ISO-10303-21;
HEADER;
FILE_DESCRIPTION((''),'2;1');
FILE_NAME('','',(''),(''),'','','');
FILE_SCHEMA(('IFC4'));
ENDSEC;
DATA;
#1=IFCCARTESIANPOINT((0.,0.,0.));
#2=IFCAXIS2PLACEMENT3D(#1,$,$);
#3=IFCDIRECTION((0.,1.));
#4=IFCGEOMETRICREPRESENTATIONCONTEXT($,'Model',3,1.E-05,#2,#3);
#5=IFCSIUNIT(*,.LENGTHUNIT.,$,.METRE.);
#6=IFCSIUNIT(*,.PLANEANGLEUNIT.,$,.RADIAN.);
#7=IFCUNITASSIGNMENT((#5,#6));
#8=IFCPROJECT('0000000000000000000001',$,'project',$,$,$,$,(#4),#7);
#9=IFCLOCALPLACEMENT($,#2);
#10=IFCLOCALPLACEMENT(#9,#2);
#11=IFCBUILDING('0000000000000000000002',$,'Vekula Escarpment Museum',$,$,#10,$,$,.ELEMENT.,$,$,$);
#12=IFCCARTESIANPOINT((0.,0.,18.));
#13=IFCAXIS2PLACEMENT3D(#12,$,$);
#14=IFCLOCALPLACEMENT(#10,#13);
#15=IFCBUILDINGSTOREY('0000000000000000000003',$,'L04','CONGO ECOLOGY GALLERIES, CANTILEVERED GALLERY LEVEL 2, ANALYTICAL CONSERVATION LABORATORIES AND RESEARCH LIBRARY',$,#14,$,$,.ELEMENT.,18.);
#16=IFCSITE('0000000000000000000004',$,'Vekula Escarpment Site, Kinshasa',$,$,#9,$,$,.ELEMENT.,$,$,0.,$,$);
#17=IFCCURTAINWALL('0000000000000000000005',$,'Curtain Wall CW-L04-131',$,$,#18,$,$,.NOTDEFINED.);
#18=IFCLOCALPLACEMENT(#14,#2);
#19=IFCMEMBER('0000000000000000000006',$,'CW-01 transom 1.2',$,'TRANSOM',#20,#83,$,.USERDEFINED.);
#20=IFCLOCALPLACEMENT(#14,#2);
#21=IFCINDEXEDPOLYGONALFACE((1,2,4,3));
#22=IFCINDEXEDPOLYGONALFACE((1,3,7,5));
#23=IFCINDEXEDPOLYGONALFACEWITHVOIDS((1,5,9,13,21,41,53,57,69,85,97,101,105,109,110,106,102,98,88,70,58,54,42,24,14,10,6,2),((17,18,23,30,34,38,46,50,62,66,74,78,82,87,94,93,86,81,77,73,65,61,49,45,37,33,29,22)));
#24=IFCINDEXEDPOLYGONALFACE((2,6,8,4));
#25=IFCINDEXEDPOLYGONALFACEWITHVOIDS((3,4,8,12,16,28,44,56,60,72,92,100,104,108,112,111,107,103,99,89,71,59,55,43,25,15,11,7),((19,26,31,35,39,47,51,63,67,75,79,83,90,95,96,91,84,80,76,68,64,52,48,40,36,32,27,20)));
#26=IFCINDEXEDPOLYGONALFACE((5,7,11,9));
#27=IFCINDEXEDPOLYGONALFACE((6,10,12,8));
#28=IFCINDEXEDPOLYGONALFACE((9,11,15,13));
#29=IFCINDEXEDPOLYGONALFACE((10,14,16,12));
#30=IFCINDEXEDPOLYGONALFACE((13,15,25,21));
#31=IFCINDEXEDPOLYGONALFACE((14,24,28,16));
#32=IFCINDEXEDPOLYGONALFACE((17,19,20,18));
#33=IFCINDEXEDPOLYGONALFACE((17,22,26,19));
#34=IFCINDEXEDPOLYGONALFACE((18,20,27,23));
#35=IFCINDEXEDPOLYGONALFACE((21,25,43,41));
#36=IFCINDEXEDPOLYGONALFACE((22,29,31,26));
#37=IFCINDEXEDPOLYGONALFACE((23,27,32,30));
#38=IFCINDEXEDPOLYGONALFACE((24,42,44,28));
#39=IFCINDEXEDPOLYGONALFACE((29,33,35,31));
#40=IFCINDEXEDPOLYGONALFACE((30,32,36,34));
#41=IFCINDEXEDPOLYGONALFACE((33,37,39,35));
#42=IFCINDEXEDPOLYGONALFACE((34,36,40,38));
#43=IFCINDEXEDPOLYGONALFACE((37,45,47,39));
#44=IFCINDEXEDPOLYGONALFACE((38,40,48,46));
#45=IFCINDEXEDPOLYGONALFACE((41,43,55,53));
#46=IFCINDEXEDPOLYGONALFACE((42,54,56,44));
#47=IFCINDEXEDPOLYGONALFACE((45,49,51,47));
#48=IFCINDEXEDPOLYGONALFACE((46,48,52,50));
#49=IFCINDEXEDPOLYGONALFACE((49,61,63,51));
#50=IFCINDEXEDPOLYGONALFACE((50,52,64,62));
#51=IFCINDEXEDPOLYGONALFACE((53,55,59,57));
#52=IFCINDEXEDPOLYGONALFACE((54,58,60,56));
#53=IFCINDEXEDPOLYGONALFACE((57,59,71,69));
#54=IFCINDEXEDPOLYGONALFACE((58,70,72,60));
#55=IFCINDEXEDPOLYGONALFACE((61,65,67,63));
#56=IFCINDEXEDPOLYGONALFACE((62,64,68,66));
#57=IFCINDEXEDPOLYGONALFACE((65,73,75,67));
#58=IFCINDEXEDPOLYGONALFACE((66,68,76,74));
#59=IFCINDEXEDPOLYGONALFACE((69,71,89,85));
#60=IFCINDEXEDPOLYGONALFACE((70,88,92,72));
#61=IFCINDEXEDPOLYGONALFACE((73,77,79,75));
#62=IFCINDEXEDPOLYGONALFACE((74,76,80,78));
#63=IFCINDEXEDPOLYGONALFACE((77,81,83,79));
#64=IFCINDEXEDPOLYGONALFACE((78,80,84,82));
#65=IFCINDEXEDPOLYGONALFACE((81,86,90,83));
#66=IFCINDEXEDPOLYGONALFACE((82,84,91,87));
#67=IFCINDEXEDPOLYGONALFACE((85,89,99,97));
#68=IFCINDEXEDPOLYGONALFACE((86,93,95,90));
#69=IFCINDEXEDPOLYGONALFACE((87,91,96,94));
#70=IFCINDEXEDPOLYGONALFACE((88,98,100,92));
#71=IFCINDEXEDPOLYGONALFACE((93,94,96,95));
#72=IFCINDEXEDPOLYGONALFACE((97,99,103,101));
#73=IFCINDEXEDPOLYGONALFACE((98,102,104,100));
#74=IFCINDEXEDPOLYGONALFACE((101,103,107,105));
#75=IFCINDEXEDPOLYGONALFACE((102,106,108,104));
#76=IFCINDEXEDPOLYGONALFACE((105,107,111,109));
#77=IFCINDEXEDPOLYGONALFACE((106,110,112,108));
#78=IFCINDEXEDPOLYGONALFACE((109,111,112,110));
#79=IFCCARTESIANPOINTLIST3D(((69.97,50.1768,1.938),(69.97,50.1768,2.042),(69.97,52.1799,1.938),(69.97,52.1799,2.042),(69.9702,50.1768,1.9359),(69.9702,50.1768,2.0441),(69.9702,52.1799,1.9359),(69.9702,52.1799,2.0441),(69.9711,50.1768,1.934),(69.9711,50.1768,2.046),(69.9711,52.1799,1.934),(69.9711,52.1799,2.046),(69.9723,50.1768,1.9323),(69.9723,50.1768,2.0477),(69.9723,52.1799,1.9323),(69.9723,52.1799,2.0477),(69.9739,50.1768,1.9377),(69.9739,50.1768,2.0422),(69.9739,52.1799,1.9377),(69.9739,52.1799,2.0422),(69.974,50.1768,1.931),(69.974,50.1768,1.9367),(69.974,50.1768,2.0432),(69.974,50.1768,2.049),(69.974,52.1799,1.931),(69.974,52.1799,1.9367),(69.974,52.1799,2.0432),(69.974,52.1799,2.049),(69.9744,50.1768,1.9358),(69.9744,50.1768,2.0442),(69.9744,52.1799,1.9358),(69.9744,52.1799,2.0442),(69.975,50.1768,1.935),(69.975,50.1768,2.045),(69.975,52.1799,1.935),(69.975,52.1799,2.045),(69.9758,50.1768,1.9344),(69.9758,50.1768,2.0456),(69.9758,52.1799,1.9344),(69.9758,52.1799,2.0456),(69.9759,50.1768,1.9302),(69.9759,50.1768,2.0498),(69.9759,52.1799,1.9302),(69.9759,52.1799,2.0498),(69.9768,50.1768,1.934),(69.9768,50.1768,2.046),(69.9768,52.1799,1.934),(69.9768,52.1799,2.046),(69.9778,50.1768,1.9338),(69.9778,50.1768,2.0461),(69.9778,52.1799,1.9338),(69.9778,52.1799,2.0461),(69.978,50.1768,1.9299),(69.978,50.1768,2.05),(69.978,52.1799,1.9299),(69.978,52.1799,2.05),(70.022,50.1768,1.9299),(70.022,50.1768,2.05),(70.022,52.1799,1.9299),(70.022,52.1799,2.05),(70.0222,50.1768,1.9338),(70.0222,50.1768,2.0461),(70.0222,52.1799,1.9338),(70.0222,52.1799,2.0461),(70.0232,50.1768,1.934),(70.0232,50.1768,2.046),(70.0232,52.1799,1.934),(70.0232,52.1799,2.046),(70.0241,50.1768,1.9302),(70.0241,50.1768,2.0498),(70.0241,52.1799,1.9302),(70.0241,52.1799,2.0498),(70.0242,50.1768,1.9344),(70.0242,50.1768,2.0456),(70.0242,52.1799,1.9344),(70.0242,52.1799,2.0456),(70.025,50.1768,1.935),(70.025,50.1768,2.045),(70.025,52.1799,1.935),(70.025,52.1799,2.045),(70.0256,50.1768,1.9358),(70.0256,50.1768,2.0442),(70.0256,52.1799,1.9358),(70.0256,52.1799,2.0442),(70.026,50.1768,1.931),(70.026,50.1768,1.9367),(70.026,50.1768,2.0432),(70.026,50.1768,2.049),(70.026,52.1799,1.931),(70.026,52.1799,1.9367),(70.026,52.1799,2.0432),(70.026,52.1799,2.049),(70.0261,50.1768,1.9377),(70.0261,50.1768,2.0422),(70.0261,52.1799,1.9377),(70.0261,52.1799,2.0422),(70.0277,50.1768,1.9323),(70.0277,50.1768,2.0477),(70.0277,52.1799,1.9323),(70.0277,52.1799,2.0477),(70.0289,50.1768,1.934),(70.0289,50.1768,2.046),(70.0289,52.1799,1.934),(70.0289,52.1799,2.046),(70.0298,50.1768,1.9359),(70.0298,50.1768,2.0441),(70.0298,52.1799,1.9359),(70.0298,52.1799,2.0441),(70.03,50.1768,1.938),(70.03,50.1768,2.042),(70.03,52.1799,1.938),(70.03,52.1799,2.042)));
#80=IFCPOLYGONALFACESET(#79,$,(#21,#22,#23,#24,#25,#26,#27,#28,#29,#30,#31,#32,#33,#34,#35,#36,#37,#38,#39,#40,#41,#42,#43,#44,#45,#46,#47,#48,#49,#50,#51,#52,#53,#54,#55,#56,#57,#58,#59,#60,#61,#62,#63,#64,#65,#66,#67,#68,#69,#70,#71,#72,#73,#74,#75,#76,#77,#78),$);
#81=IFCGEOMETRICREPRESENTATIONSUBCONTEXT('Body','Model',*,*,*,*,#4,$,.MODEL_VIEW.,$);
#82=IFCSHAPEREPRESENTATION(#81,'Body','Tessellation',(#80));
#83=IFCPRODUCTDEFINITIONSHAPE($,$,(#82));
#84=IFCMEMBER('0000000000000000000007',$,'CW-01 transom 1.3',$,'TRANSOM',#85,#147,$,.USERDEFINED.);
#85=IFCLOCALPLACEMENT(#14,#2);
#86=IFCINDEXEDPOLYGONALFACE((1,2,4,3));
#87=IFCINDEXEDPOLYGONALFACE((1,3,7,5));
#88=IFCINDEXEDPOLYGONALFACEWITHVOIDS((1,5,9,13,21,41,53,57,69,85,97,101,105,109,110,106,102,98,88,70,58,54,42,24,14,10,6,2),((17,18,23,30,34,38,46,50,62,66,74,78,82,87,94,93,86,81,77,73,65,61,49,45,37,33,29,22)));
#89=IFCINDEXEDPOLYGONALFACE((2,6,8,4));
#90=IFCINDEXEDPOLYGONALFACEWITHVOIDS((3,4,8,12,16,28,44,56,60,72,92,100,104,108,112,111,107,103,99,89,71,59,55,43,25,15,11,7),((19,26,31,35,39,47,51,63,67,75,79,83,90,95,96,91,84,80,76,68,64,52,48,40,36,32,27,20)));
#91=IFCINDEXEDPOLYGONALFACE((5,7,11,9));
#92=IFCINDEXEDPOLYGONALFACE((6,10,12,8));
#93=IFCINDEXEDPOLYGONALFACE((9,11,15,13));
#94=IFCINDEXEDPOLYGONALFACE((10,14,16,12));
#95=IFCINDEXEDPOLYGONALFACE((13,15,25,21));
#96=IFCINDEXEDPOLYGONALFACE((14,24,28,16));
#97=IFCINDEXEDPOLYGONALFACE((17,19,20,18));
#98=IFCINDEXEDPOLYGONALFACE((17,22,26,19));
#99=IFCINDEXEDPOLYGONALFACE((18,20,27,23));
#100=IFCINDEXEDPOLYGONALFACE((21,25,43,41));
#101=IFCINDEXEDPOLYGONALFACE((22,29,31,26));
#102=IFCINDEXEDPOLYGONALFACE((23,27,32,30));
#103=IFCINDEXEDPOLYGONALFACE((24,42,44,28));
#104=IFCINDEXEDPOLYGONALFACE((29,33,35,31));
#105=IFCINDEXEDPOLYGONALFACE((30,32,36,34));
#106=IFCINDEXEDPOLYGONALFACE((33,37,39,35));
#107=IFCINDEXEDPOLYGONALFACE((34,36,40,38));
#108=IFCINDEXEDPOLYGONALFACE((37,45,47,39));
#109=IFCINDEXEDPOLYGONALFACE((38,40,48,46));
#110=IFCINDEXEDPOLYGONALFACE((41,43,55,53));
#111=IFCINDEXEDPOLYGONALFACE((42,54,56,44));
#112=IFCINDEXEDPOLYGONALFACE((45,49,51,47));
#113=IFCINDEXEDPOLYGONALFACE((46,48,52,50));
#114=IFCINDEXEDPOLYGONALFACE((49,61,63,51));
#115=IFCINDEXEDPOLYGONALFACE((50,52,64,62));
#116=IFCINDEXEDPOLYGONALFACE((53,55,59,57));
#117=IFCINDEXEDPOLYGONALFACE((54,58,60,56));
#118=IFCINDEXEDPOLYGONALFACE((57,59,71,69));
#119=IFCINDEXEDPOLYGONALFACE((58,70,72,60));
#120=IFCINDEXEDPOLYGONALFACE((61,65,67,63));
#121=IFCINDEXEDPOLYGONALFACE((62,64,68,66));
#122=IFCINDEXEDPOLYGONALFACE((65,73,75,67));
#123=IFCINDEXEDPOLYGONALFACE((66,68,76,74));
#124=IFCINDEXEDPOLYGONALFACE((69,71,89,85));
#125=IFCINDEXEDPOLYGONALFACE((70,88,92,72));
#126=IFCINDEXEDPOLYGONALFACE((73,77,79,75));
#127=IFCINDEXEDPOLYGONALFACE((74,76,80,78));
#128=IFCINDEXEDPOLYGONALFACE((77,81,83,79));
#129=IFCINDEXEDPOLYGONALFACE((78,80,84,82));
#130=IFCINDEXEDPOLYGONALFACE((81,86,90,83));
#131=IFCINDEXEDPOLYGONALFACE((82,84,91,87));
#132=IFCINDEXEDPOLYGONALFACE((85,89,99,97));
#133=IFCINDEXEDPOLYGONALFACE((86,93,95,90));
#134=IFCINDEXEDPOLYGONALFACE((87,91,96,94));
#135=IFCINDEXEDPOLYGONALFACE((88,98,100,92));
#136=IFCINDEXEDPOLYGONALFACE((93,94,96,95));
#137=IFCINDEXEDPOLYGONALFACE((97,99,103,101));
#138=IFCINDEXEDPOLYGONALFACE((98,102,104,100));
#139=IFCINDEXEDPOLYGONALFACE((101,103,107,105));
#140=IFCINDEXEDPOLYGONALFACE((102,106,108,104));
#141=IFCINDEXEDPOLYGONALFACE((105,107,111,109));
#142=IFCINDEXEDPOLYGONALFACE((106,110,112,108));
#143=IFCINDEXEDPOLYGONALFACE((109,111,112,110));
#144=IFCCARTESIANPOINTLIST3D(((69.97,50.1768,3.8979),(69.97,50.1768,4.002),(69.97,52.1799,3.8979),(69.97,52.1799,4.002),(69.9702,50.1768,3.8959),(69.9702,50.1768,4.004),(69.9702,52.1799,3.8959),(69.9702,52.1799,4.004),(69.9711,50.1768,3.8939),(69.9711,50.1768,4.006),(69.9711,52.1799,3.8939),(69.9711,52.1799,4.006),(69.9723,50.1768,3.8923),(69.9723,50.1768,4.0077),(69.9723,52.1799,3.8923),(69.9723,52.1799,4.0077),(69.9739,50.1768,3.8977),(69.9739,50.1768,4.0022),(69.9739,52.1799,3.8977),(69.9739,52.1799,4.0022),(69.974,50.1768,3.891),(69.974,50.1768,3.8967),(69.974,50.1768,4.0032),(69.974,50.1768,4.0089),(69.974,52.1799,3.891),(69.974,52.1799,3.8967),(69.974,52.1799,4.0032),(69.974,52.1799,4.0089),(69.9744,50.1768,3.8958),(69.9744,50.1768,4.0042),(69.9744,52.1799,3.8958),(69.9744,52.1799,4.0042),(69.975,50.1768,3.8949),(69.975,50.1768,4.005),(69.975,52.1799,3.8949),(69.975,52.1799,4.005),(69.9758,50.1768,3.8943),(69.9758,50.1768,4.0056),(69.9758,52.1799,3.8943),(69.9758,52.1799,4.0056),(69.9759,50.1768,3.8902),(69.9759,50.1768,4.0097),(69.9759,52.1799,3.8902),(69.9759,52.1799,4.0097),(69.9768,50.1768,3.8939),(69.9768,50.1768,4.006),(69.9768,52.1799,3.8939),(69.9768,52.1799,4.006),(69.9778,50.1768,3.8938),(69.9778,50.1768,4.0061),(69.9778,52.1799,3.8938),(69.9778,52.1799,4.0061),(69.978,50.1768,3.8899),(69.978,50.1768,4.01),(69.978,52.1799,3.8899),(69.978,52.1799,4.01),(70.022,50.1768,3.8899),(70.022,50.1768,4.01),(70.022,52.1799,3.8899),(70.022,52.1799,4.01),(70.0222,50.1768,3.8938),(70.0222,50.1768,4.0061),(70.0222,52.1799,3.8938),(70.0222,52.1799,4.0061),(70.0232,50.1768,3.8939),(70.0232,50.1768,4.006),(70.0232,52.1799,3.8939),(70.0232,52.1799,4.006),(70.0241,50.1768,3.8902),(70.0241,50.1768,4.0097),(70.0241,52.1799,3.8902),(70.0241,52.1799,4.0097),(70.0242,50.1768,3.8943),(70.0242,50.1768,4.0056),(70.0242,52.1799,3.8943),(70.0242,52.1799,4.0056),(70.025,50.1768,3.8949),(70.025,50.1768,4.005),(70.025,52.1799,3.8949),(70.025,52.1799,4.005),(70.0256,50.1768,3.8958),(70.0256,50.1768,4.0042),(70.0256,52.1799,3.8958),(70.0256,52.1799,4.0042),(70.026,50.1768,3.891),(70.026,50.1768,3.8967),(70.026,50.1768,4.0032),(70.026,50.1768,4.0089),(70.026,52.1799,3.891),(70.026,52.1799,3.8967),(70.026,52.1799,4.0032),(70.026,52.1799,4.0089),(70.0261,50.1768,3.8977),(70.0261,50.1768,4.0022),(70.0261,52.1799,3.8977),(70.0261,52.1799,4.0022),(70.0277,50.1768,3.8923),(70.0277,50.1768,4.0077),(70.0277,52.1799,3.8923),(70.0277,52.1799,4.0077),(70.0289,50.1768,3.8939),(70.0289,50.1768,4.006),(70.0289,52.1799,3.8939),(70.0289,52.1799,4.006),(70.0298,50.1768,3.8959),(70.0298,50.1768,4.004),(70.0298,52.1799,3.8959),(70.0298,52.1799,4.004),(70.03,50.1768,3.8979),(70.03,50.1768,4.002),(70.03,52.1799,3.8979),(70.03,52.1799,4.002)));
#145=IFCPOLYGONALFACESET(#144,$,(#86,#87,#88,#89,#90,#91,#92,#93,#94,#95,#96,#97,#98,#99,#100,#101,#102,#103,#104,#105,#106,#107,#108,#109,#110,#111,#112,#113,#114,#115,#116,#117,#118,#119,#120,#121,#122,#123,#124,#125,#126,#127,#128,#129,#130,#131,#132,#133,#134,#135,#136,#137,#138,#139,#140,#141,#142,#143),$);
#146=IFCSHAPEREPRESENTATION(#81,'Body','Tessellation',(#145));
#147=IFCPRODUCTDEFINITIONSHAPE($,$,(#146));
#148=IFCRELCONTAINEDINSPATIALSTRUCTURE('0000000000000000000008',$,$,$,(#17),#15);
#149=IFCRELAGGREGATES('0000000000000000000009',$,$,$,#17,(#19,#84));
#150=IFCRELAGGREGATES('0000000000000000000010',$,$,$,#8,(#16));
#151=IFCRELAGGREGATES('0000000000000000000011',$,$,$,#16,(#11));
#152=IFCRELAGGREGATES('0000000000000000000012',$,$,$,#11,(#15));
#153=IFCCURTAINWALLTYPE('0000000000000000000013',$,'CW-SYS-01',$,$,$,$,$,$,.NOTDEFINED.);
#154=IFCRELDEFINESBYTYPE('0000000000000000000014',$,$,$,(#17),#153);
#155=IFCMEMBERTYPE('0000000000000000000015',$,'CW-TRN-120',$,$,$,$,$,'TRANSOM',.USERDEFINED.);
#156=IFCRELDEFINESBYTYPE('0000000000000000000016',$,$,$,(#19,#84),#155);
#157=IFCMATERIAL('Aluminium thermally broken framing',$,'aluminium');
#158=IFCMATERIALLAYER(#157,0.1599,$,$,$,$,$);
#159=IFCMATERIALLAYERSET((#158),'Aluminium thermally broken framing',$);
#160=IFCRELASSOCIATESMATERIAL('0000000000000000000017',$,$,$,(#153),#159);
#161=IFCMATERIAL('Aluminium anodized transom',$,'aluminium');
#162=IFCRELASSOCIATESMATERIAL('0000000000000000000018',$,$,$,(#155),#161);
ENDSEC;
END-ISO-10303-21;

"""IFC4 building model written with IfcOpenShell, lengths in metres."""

from ifc_helpers import new_model, si_unit, direction, frame, origin, origin_2d, place, context, subcontext, project, spatial, hollow_rectangle, extrude, material, layer, layer_set, material_profile, profile_set, type_object, element, aggregate, save


model = new_model("IFC4")

# Units and contexts
model_context = context("Model", 3, precision=1e-05, world=origin(), true_north=direction((0.0, 1.0)))
body_context = subcontext(model_context, "Body", "Model", "MODEL_VIEW")
ifc_project = project(units=[si_unit("LENGTHUNIT", "METRE"), si_unit("PLANEANGLEUNIT", "RADIAN")], contexts=[model_context])

# Site, building, storey
site_placement = place(None, origin())
site = spatial("IfcSite", under=ifc_project, at=site_placement, Name="Vekula Escarpment Site, Kinshasa", CompositionType="ELEMENT", RefElevation=0.0)
building_placement = place(site_placement, origin())
building = spatial("IfcBuilding", under=site, at=building_placement, Name="Vekula Escarpment Museum", CompositionType="ELEMENT")
storey_placement = place(building_placement, frame((0.0, 0.0, 18.0)))
storey = spatial("IfcBuildingStorey", under=building, at=storey_placement, Name="L04", Description="CONGO ECOLOGY GALLERIES, CANTILEVERED GALLERY LEVEL 2, ANALYTICAL CONSERVATION LABORATORIES AND RESEARCH LIBRARY", CompositionType="ELEMENT", Elevation=18.0)

# Curtain wall, members
ifc_material_1 = material(Name="Aluminium thermally broken framing", Category="aluminium")
ifc_layer_1 = layer(ifc_material_1, 0.1599)
ifc_layer_set_1 = layer_set([ifc_layer_1], Name="Aluminium thermally broken framing")
curtain_wall_type = type_object("IfcCurtainWallType", Name="CW-SYS-01", PredefinedType="NOTDEFINED", material=ifc_layer_set_1)
curtain_wall_placement = place(storey_placement, origin())
curtain_wall = element("IfcCurtainWall", 1, at=curtain_wall_placement, inside=storey, type_object=curtain_wall_type, Name="Curtain Wall CW-L04-131", PredefinedType="NOTDEFINED")
ifc_material_2 = material(Name="Aluminium anodized transom", Category="aluminium")
ifc_material_profile_1 = material_profile(ifc_material_2, hollow_rectangle(XDim=0.0601, YDim=0.1201, WallThickness=0.0039, InnerFilletRadius=0.0039, OuterFilletRadius=0.0081, at=origin_2d()), Name="ALU 120x60x4")
ifc_profile_set_1 = profile_set([ifc_material_profile_1], Name="Aluminium anodized transom")
member_type_1 = type_object("IfcMemberType", Name="CW-TRN-120", ElementType="TRANSOM", PredefinedType="USERDEFINED", material=ifc_profile_set_1)
member_1_placement = place(storey_placement, frame((70.0, 52.1799, 1.99), z_axis=(0.0, -1.0, 0.0), x_axis=(1.0, 0.0, 0.0)))
member_1 = element("IfcMember", 2, at=member_1_placement, type_object=member_type_1, Name="CW-01 transom 1.2", ObjectType="TRANSOM", PredefinedType="USERDEFINED", context=body_context, shape_type="SweptSolid", body=[
    extrude(hollow_rectangle(XDim=0.0601, YDim=0.1201, WallThickness=0.0039, InnerFilletRadius=0.0039, OuterFilletRadius=0.0081, at=origin_2d()), origin(), (0.0, 0.0, 1.0), 2.0032),
])
member_2_placement = place(storey_placement, frame((70.0, 52.1799, 3.95), z_axis=(0.0, -1.0, 0.0), x_axis=(1.0, 0.0, 0.0)))
member_2 = element("IfcMember", 3, at=member_2_placement, type_object=member_type_1, Name="CW-01 transom 1.3", ObjectType="TRANSOM", PredefinedType="USERDEFINED", context=body_context, shape_type="SweptSolid", body=[
    extrude(hollow_rectangle(XDim=0.0601, YDim=0.1201, WallThickness=0.0039, InnerFilletRadius=0.0039, OuterFilletRadius=0.0081, at=origin_2d()), origin(), (0.0, 0.0, 1.0), 2.0032),
])

aggregate(curtain_wall, [member_1, member_2])

save(model, "model.ifc")
